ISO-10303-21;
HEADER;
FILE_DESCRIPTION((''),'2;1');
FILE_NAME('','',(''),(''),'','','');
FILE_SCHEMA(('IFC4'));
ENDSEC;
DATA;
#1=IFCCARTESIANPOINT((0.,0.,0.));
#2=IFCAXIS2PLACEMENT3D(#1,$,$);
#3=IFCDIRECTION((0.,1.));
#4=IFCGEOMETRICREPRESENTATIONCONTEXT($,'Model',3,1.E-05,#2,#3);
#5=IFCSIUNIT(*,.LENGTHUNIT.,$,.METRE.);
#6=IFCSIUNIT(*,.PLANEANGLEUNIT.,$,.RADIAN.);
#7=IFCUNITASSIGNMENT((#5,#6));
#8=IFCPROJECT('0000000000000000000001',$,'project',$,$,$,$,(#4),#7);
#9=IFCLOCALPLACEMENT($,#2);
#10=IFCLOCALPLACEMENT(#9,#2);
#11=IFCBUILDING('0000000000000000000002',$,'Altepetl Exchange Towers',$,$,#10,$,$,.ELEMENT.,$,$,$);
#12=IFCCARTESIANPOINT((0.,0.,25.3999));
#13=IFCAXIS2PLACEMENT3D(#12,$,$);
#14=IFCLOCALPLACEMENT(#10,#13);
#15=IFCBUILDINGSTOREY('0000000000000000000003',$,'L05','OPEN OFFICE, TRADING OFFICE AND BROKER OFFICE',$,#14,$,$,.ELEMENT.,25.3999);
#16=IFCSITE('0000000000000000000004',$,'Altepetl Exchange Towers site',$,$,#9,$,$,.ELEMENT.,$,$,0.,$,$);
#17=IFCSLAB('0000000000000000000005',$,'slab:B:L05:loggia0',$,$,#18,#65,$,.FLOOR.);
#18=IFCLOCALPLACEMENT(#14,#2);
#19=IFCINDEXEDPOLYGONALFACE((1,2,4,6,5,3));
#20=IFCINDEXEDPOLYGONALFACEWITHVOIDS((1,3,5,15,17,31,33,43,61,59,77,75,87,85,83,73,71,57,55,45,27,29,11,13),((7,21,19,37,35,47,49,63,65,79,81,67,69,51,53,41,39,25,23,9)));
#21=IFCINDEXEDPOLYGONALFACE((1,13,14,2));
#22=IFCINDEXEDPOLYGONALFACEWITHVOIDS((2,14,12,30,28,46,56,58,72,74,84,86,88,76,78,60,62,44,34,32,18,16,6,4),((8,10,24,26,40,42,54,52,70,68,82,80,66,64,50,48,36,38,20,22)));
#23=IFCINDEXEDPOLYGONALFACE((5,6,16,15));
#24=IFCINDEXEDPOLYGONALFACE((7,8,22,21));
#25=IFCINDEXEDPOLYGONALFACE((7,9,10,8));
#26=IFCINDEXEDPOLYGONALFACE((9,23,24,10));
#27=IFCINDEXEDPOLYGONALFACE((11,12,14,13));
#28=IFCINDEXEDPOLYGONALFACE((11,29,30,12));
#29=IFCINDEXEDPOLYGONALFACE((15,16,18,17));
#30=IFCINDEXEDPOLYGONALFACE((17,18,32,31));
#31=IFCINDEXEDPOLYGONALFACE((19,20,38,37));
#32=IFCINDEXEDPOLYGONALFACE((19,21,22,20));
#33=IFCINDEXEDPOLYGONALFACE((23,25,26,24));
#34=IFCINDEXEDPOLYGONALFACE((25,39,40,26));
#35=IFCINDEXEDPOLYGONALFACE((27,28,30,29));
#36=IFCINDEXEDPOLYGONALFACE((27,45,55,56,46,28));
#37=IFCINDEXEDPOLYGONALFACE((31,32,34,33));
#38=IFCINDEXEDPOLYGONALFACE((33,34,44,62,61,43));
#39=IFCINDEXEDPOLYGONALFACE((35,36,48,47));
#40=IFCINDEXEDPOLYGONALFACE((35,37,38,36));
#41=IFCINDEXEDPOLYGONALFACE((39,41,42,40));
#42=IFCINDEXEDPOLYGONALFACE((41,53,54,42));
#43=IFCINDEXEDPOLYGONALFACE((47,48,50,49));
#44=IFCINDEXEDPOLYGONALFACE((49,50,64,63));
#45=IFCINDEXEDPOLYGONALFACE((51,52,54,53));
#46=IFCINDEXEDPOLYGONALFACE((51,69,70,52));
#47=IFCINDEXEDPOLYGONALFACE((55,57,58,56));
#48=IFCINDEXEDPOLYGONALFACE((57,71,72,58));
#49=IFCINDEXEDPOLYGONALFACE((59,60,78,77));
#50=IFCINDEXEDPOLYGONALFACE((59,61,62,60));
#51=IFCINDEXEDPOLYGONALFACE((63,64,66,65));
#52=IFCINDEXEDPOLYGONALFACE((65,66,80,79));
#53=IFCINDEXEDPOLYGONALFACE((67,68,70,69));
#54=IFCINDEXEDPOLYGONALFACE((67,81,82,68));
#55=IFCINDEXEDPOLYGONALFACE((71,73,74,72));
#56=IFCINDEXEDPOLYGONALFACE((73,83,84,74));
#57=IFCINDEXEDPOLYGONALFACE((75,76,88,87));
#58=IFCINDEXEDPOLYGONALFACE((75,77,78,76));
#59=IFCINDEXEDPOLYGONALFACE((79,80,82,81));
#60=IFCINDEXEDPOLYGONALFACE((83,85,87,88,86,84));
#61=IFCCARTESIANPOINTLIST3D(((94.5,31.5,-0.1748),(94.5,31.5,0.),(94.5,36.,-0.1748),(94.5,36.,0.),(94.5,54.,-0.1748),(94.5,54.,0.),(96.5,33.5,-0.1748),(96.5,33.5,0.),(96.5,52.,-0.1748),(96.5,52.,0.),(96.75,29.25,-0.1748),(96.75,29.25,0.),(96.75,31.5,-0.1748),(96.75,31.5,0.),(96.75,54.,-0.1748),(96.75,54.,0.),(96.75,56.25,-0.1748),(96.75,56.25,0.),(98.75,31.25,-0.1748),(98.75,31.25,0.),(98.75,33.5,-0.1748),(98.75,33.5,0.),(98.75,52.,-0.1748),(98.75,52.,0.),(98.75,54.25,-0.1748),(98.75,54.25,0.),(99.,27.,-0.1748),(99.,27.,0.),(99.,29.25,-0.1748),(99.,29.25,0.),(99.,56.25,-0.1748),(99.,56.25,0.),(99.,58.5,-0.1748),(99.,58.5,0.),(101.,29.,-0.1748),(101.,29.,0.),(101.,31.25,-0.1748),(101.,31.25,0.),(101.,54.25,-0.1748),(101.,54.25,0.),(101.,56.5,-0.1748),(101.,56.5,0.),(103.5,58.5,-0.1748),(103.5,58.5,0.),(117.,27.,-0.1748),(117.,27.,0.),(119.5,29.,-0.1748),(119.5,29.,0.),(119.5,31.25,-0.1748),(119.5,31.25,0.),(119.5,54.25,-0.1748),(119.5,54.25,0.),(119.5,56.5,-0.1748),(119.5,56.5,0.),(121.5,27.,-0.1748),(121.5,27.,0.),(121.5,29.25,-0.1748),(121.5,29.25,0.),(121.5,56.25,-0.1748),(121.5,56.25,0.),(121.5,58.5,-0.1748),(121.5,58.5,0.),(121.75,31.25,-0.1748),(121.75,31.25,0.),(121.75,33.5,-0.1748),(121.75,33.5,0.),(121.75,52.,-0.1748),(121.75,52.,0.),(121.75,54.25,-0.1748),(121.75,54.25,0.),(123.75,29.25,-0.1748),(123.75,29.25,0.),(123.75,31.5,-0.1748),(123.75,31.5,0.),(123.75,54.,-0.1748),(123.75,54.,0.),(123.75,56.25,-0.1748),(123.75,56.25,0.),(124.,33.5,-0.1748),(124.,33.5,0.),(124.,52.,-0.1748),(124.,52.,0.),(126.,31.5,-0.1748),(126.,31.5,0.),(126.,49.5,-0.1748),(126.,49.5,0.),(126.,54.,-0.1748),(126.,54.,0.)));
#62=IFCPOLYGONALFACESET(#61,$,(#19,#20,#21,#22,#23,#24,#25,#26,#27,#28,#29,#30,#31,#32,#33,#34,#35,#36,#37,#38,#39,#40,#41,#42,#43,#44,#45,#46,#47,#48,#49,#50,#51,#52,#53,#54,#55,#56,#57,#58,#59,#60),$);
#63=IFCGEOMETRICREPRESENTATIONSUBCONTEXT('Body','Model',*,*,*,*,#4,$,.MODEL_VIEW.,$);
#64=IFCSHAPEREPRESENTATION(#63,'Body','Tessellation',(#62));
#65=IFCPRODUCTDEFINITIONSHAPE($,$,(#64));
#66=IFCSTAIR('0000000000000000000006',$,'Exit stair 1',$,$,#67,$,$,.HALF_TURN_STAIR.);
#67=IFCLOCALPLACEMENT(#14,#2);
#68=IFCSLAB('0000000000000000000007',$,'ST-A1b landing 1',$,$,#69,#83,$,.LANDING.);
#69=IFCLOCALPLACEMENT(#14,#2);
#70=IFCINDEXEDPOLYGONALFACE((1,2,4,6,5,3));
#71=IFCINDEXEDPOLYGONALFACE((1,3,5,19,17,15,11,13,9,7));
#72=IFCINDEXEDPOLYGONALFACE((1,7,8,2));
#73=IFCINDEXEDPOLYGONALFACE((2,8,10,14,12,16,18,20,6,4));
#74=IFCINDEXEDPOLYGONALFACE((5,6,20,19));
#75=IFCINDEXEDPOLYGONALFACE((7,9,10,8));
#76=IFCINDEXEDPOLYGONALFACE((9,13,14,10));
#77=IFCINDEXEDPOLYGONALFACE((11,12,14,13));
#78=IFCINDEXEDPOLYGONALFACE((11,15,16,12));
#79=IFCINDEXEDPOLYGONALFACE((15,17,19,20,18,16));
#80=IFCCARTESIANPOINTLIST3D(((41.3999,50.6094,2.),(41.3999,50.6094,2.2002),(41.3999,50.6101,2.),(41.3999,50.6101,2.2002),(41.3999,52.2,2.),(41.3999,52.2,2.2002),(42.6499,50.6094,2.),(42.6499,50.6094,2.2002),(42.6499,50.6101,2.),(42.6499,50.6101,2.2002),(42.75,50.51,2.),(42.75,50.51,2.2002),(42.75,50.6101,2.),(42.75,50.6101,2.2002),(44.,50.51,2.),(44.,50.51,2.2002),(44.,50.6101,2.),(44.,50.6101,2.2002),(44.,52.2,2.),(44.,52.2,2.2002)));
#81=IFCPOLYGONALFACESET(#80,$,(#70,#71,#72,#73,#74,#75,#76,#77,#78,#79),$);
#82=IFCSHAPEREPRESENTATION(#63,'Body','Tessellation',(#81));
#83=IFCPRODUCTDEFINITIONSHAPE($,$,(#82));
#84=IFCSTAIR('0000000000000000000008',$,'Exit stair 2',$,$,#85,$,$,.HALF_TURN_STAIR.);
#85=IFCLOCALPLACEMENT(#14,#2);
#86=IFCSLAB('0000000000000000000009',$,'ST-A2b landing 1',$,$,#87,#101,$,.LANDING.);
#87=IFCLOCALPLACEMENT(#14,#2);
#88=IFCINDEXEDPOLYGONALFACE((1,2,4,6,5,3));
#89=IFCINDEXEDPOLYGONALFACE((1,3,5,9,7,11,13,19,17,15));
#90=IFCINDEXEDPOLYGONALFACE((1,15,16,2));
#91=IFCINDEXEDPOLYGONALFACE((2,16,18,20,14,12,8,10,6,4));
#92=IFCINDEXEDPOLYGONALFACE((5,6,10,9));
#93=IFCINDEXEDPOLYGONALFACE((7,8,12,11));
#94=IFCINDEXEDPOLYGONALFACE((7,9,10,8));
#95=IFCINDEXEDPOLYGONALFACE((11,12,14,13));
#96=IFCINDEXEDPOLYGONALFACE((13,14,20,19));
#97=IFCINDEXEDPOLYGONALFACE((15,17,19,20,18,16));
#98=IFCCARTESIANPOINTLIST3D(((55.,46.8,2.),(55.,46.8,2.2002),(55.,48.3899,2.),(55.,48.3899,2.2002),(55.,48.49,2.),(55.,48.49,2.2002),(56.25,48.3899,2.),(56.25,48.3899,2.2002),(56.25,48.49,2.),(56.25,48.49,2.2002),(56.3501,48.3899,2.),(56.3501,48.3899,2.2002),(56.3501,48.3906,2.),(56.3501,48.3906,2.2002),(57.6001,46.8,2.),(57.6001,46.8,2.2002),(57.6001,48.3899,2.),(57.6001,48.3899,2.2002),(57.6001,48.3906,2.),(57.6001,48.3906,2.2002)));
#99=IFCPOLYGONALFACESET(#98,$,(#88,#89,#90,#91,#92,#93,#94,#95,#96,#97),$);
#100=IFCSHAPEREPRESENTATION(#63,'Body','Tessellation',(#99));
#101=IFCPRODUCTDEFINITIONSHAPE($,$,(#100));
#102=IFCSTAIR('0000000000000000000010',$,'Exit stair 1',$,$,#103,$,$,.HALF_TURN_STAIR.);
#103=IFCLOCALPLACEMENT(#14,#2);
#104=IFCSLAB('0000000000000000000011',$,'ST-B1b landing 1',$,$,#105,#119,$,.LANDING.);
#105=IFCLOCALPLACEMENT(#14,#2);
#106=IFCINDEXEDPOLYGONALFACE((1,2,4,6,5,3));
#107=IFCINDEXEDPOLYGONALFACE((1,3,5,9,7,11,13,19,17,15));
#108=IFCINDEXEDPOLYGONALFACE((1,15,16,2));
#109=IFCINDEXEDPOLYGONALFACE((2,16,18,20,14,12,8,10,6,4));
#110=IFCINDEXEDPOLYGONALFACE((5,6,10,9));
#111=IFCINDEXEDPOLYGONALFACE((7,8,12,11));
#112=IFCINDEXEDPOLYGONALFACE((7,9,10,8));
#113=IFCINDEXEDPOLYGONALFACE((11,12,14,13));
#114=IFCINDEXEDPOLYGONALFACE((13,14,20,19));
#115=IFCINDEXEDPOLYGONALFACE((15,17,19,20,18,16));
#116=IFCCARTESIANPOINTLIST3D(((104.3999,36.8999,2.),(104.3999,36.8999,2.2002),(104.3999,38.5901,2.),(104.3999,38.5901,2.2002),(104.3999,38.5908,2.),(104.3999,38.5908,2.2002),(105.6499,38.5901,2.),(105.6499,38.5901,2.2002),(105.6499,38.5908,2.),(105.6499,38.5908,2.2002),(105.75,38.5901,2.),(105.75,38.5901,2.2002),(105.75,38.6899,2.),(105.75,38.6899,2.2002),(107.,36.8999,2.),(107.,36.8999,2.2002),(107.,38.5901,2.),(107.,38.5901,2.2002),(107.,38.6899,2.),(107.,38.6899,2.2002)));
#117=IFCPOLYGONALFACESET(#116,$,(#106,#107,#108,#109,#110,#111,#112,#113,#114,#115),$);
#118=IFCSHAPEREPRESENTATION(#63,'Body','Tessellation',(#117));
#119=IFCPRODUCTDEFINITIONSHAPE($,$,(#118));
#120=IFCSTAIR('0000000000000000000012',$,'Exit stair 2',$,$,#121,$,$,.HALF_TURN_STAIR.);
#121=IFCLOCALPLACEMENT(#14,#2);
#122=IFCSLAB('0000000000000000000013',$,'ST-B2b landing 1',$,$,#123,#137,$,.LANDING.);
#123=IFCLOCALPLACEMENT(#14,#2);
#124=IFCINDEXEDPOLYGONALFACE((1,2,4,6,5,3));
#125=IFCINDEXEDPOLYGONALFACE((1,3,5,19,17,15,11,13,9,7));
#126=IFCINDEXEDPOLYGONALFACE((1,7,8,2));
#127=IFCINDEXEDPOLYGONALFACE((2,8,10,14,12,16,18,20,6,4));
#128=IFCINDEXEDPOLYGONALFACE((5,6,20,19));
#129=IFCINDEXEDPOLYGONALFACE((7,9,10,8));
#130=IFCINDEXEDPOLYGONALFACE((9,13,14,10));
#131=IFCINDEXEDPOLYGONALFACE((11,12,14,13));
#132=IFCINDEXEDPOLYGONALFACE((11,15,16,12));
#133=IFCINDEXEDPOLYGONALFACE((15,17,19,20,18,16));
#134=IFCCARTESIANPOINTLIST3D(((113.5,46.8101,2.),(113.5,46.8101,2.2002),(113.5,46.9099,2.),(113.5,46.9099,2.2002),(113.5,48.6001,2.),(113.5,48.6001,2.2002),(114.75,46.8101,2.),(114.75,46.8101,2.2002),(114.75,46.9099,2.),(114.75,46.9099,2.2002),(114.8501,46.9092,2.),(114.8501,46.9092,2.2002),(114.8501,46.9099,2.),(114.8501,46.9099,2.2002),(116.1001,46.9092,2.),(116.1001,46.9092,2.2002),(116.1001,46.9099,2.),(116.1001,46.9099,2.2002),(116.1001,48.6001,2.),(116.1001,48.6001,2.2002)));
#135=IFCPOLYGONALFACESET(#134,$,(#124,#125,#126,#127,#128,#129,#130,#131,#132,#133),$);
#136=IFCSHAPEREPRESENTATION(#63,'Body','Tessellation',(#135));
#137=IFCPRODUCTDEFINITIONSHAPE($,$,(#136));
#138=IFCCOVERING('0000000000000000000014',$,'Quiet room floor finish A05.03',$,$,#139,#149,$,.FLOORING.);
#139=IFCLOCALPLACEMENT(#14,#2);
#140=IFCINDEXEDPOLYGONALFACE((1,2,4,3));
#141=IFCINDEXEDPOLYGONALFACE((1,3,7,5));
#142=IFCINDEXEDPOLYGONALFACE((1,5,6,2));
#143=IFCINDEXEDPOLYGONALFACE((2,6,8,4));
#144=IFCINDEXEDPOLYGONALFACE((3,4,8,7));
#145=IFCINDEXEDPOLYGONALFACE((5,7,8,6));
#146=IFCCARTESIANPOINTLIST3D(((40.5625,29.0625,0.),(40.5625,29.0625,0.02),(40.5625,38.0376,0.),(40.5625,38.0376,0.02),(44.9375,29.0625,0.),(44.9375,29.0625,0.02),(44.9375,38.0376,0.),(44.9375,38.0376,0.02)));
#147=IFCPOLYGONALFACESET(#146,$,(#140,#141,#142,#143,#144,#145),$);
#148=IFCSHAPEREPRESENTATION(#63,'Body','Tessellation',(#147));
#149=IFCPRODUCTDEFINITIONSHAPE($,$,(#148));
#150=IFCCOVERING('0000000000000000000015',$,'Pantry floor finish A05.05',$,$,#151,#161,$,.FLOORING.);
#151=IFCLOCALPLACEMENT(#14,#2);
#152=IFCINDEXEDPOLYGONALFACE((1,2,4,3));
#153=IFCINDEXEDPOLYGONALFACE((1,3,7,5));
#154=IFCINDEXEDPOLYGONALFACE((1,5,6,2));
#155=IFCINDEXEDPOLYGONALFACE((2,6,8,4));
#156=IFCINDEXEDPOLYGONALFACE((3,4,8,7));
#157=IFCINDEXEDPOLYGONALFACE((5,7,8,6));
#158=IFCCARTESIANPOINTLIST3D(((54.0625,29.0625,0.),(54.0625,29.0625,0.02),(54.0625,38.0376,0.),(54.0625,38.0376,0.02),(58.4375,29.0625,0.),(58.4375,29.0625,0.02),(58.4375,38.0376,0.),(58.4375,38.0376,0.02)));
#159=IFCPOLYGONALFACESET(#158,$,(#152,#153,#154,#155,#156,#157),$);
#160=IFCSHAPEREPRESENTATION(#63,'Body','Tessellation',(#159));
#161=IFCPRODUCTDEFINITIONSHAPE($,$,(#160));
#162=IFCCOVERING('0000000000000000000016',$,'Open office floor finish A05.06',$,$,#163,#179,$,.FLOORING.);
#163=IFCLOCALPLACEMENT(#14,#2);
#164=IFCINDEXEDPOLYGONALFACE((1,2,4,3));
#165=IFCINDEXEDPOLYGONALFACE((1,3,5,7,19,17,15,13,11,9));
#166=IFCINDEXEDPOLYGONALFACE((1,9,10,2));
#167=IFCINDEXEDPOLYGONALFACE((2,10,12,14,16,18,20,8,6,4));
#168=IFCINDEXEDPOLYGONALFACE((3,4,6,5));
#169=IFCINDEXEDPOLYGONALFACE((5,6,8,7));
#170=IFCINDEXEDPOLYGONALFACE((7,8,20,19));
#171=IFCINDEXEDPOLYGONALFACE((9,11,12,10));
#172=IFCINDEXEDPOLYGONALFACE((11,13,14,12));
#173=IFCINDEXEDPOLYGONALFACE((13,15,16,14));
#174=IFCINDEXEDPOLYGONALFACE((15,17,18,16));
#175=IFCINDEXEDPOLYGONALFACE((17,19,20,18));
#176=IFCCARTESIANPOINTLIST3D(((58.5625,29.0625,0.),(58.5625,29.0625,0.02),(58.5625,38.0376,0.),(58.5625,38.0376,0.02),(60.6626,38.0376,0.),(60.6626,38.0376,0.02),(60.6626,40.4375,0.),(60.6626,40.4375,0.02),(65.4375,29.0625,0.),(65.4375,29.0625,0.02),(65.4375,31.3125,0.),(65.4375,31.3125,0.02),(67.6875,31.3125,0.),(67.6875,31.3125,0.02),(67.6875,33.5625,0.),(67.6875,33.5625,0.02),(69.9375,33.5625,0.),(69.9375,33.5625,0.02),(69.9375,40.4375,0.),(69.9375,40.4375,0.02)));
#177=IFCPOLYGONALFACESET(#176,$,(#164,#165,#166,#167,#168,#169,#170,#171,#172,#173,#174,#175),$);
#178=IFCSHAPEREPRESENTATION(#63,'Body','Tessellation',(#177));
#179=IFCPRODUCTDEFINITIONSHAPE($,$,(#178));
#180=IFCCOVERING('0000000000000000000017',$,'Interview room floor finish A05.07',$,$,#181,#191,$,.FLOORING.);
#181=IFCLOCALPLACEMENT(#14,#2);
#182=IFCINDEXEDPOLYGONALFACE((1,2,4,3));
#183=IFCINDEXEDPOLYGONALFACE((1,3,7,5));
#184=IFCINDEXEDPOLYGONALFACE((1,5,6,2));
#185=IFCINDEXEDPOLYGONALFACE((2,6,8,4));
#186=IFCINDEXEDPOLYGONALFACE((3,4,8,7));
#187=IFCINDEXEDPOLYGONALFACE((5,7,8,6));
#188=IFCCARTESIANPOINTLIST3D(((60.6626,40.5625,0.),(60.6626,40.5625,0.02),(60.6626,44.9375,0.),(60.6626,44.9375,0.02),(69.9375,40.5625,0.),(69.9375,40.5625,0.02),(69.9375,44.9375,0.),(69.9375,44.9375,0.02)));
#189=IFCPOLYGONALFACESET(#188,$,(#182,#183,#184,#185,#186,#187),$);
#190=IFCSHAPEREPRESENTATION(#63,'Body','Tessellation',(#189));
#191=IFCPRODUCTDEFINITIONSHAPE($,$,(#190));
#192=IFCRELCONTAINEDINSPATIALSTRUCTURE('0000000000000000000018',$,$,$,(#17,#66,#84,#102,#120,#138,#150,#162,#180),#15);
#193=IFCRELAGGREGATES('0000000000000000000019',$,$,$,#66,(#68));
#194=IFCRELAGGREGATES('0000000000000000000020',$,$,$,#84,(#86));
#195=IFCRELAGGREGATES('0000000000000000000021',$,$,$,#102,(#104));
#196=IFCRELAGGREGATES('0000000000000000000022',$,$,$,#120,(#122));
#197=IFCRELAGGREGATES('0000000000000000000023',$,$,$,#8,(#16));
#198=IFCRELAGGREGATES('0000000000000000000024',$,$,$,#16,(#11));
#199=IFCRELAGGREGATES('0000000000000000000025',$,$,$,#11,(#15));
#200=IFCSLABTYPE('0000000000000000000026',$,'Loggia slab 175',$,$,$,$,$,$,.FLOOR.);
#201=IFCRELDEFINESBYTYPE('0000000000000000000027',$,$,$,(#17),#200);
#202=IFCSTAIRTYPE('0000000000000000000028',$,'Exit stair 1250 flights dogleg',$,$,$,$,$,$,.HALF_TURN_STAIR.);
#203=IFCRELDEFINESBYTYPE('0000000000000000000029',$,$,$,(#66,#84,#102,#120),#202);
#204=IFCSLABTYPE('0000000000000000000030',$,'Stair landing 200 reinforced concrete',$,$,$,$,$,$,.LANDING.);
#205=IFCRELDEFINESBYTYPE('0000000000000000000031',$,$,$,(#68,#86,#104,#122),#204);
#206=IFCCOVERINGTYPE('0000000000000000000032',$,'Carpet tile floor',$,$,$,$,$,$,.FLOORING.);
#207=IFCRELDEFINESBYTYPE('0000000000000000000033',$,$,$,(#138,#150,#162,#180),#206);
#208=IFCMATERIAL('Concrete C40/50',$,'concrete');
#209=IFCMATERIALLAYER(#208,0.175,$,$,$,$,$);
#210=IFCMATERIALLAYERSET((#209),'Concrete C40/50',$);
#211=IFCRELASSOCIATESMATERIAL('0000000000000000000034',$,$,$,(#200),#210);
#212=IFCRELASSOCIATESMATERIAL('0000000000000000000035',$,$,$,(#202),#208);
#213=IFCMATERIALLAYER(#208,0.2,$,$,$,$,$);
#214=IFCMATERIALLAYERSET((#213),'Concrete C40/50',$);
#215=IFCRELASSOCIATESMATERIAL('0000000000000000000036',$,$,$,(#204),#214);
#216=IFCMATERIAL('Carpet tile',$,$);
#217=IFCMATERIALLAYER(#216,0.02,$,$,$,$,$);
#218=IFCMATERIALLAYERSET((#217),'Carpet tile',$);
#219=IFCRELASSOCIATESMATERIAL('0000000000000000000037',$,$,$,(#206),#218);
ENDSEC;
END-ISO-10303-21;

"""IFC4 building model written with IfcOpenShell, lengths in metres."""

from ifc_helpers import new_model, si_unit, direction, frame, origin, place, context, subcontext, project, spatial, polyline, outline, extrude, material, layer, layer_set, type_object, element, aggregate, save


model = new_model("IFC4")

# Units and contexts
model_context = context("Model", 3, precision=1e-05, world=origin(), true_north=direction((0.0, 1.0)))
body_context = subcontext(model_context, "Body", "Model", "MODEL_VIEW")
ifc_project = project(units=[si_unit("LENGTHUNIT", "METRE"), si_unit("PLANEANGLEUNIT", "RADIAN")], contexts=[model_context])

# Site, building, storey
site_placement = place(None, origin())
site = spatial("IfcSite", under=ifc_project, at=site_placement, Name="Altepetl Exchange Towers site", CompositionType="ELEMENT", RefElevation=0.0)
building_placement = place(site_placement, origin())
building = spatial("IfcBuilding", under=site, at=building_placement, Name="Altepetl Exchange Towers", CompositionType="ELEMENT")
storey_placement = place(building_placement, frame((0.0, 0.0, 25.3999)))
storey = spatial("IfcBuildingStorey", under=building, at=storey_placement, Name="L05", Description="OPEN OFFICE, TRADING OFFICE AND BROKER OFFICE", CompositionType="ELEMENT", Elevation=25.3999)

# Slab
ifc_material_1 = material(Name="Concrete C40/50", Category="concrete")
ifc_layer_1 = layer(ifc_material_1, 0.175)
ifc_layer_set_1 = layer_set([ifc_layer_1], Name="Concrete C40/50")
slab_type_1 = type_object("IfcSlabType", Name="Loggia slab 175", PredefinedType="FLOOR", material=ifc_layer_set_1)
slab_1_placement = place(storey_placement, frame((0.0, 0.0, -0.1748)))
element("IfcSlab", 1, at=slab_1_placement, inside=storey, type_object=slab_type_1, Name="slab:B:L05:loggia0", PredefinedType="FLOOR", context=body_context, shape_type="SweptSolid", body=[
    extrude(outline(polyline([(96.75, 54.0), (94.5, 54.0), (94.5, 36.0), (94.5, 31.5), (96.75, 31.5), (96.75, 29.25), (99.0, 29.25), (99.0, 27.0), (117.0, 27.0), (121.5, 27.0), (121.5, 29.25), (123.75, 29.25), (123.75, 31.5), (126.0, 31.5), (126.0, 49.5), (126.0, 54.0), (123.75, 54.0), (123.75, 56.25), (121.5, 56.25), (121.5, 58.5), (103.5, 58.5), (99.0, 58.5), (99.0, 56.25), (96.75, 56.25), (96.75, 54.0)]), holes=[polyline([(96.5, 52.0), (98.75, 52.0), (98.75, 54.25), (101.0, 54.25), (101.0, 56.5), (119.5, 56.5), (119.5, 54.25), (121.75, 54.25), (121.75, 52.0), (124.0, 52.0), (124.0, 33.5), (121.75, 33.5), (121.75, 31.25), (119.5, 31.25), (119.5, 29.0), (101.0, 29.0), (101.0, 31.25), (98.75, 31.25), (98.75, 33.5), (96.5, 33.5), (96.5, 52.0)])]), origin(), (0.0, 0.0, 1.0), 0.1748),
])

# Stairs, slabs
stair_type = type_object("IfcStairType", Name="Exit stair 1250 flights dogleg", PredefinedType="HALF_TURN_STAIR", material=ifc_material_1)
stair_1_placement = place(storey_placement, origin())
stair_1 = element("IfcStair", 2, at=stair_1_placement, inside=storey, type_object=stair_type, Name="Exit stair 1", PredefinedType="HALF_TURN_STAIR")
ifc_layer_2 = layer(ifc_material_1, 0.2)
ifc_layer_set_2 = layer_set([ifc_layer_2], Name="Concrete C40/50")
slab_type_2 = type_object("IfcSlabType", Name="Stair landing 200 reinforced concrete", PredefinedType="LANDING", material=ifc_layer_set_2)
slab_2_placement = place(storey_placement, frame((0.0, 0.0, 2.0)))
slab_2 = element("IfcSlab", 3, at=slab_2_placement, type_object=slab_type_2, Name="ST-A1b landing 1", PredefinedType="LANDING", context=body_context, shape_type="SweptSolid", body=[
    extrude(outline(polyline([(44.0, 50.51), (42.75, 50.51), (42.75, 50.6101), (42.6499, 50.6101), (42.6499, 50.6094), (41.3999, 50.6094), (41.3999, 50.6101), (41.3999, 52.2), (44.0, 52.2), (44.0, 50.6101), (44.0, 50.51)])), origin(), (0.0, 0.0, 1.0), 0.2002),
])
aggregate(stair_1, [slab_2])
stair_2_placement = place(storey_placement, origin())
stair_2 = element("IfcStair", 4, at=stair_2_placement, inside=storey, type_object=stair_type, Name="Exit stair 2", PredefinedType="HALF_TURN_STAIR")
slab_3_placement = place(storey_placement, frame((0.0, 0.0, 2.0)))
slab_3 = element("IfcSlab", 5, at=slab_3_placement, type_object=slab_type_2, Name="ST-A2b landing 1", PredefinedType="LANDING", context=body_context, shape_type="SweptSolid", body=[
    extrude(outline(polyline([(57.6001, 46.8), (55.0, 46.8), (55.0, 48.3899), (55.0, 48.49), (56.25, 48.49), (56.25, 48.3899), (56.3501, 48.3899), (56.3501, 48.3906), (57.6001, 48.3906), (57.6001, 48.3899), (57.6001, 46.8)])), origin(), (0.0, 0.0, 1.0), 0.2002),
])
aggregate(stair_2, [slab_3])
stair_3_placement = place(storey_placement, origin())
stair_3 = element("IfcStair", 6, at=stair_3_placement, inside=storey, type_object=stair_type, Name="Exit stair 1", PredefinedType="HALF_TURN_STAIR")
slab_4_placement = place(storey_placement, frame((0.0, 0.0, 2.0)))
slab_4 = element("IfcSlab", 7, at=slab_4_placement, type_object=slab_type_2, Name="ST-B1b landing 1", PredefinedType="LANDING", context=body_context, shape_type="SweptSolid", body=[
    extrude(outline(polyline([(107.0, 36.8999), (104.3999, 36.8999), (104.3999, 38.5901), (104.3999, 38.5908), (105.6499, 38.5908), (105.6499, 38.5901), (105.75, 38.5901), (105.75, 38.6899), (107.0, 38.6899), (107.0, 38.5901), (107.0, 36.8999)])), origin(), (0.0, 0.0, 1.0), 0.2002),
])
aggregate(stair_3, [slab_4])
stair_4_placement = place(storey_placement, origin())
stair_4 = element("IfcStair", 8, at=stair_4_placement, inside=storey, type_object=stair_type, Name="Exit stair 2", PredefinedType="HALF_TURN_STAIR")
slab_5_placement = place(storey_placement, frame((0.0, 0.0, 2.0)))
slab_5 = element("IfcSlab", 9, at=slab_5_placement, type_object=slab_type_2, Name="ST-B2b landing 1", PredefinedType="LANDING", context=body_context, shape_type="SweptSolid", body=[
    extrude(outline(polyline([(114.75, 46.8101), (113.5, 46.8101), (113.5, 46.9099), (113.5, 48.6001), (116.1001, 48.6001), (116.1001, 46.9099), (116.1001, 46.9092), (114.8501, 46.9092), (114.8501, 46.9099), (114.75, 46.9099), (114.75, 46.8101)])), origin(), (0.0, 0.0, 1.0), 0.2002),
])
aggregate(stair_4, [slab_5])

# Coverings
ifc_material_2 = material(Name="Carpet tile")
ifc_layer_3 = layer(ifc_material_2, 0.02)
ifc_layer_set_3 = layer_set([ifc_layer_3], Name="Carpet tile")
covering_type_1 = type_object("IfcCoveringType", Name="Carpet tile floor", PredefinedType="FLOORING", material=ifc_layer_set_3)
covering_1_placement = place(storey_placement, origin())
element("IfcCovering", 10, at=covering_1_placement, inside=storey, type_object=covering_type_1, Name="Quiet room floor finish A05.03", PredefinedType="FLOORING", context=body_context, shape_type="SweptSolid", body=[
    extrude(outline(polyline([(44.9375, 29.0625), (44.9375, 38.0376), (40.5625, 38.0376), (40.5625, 29.0625), (44.9375, 29.0625)])), origin(), (0.0, 0.0, 1.0), 0.02),
])
covering_2_placement = place(storey_placement, origin())
element("IfcCovering", 11, at=covering_2_placement, inside=storey, type_object=covering_type_1, Name="Pantry floor finish A05.05", PredefinedType="FLOORING", context=body_context, shape_type="SweptSolid", body=[
    extrude(outline(polyline([(58.4375, 29.0625), (58.4375, 38.0376), (54.0625, 38.0376), (54.0625, 29.0625), (58.4375, 29.0625)])), origin(), (0.0, 0.0, 1.0), 0.02),
])
covering_3_placement = place(storey_placement, origin())
element("IfcCovering", 12, at=covering_3_placement, inside=storey, type_object=covering_type_1, Name="Open office floor finish A05.06", PredefinedType="FLOORING", context=body_context, shape_type="SweptSolid", body=[
    extrude(outline(polyline([(58.5625, 29.0625), (65.4375, 29.0625), (65.4375, 31.3125), (67.6875, 31.3125), (67.6875, 33.5625), (69.9375, 33.5625), (69.9375, 40.4375), (60.6626, 40.4375), (60.6626, 38.0376), (58.5625, 38.0376), (58.5625, 29.0625)])), origin(), (0.0, 0.0, 1.0), 0.02),
])
covering_4_placement = place(storey_placement, origin())
element("IfcCovering", 13, at=covering_4_placement, inside=storey, type_object=covering_type_1, Name="Interview room floor finish A05.07", PredefinedType="FLOORING", context=body_context, shape_type="SweptSolid", body=[
    extrude(outline(polyline([(69.9375, 44.9375), (60.6626, 44.9375), (60.6626, 40.5625), (69.9375, 40.5625), (69.9375, 44.9375)])), origin(), (0.0, 0.0, 1.0), 0.02),
])

save(model, "model.ifc")
